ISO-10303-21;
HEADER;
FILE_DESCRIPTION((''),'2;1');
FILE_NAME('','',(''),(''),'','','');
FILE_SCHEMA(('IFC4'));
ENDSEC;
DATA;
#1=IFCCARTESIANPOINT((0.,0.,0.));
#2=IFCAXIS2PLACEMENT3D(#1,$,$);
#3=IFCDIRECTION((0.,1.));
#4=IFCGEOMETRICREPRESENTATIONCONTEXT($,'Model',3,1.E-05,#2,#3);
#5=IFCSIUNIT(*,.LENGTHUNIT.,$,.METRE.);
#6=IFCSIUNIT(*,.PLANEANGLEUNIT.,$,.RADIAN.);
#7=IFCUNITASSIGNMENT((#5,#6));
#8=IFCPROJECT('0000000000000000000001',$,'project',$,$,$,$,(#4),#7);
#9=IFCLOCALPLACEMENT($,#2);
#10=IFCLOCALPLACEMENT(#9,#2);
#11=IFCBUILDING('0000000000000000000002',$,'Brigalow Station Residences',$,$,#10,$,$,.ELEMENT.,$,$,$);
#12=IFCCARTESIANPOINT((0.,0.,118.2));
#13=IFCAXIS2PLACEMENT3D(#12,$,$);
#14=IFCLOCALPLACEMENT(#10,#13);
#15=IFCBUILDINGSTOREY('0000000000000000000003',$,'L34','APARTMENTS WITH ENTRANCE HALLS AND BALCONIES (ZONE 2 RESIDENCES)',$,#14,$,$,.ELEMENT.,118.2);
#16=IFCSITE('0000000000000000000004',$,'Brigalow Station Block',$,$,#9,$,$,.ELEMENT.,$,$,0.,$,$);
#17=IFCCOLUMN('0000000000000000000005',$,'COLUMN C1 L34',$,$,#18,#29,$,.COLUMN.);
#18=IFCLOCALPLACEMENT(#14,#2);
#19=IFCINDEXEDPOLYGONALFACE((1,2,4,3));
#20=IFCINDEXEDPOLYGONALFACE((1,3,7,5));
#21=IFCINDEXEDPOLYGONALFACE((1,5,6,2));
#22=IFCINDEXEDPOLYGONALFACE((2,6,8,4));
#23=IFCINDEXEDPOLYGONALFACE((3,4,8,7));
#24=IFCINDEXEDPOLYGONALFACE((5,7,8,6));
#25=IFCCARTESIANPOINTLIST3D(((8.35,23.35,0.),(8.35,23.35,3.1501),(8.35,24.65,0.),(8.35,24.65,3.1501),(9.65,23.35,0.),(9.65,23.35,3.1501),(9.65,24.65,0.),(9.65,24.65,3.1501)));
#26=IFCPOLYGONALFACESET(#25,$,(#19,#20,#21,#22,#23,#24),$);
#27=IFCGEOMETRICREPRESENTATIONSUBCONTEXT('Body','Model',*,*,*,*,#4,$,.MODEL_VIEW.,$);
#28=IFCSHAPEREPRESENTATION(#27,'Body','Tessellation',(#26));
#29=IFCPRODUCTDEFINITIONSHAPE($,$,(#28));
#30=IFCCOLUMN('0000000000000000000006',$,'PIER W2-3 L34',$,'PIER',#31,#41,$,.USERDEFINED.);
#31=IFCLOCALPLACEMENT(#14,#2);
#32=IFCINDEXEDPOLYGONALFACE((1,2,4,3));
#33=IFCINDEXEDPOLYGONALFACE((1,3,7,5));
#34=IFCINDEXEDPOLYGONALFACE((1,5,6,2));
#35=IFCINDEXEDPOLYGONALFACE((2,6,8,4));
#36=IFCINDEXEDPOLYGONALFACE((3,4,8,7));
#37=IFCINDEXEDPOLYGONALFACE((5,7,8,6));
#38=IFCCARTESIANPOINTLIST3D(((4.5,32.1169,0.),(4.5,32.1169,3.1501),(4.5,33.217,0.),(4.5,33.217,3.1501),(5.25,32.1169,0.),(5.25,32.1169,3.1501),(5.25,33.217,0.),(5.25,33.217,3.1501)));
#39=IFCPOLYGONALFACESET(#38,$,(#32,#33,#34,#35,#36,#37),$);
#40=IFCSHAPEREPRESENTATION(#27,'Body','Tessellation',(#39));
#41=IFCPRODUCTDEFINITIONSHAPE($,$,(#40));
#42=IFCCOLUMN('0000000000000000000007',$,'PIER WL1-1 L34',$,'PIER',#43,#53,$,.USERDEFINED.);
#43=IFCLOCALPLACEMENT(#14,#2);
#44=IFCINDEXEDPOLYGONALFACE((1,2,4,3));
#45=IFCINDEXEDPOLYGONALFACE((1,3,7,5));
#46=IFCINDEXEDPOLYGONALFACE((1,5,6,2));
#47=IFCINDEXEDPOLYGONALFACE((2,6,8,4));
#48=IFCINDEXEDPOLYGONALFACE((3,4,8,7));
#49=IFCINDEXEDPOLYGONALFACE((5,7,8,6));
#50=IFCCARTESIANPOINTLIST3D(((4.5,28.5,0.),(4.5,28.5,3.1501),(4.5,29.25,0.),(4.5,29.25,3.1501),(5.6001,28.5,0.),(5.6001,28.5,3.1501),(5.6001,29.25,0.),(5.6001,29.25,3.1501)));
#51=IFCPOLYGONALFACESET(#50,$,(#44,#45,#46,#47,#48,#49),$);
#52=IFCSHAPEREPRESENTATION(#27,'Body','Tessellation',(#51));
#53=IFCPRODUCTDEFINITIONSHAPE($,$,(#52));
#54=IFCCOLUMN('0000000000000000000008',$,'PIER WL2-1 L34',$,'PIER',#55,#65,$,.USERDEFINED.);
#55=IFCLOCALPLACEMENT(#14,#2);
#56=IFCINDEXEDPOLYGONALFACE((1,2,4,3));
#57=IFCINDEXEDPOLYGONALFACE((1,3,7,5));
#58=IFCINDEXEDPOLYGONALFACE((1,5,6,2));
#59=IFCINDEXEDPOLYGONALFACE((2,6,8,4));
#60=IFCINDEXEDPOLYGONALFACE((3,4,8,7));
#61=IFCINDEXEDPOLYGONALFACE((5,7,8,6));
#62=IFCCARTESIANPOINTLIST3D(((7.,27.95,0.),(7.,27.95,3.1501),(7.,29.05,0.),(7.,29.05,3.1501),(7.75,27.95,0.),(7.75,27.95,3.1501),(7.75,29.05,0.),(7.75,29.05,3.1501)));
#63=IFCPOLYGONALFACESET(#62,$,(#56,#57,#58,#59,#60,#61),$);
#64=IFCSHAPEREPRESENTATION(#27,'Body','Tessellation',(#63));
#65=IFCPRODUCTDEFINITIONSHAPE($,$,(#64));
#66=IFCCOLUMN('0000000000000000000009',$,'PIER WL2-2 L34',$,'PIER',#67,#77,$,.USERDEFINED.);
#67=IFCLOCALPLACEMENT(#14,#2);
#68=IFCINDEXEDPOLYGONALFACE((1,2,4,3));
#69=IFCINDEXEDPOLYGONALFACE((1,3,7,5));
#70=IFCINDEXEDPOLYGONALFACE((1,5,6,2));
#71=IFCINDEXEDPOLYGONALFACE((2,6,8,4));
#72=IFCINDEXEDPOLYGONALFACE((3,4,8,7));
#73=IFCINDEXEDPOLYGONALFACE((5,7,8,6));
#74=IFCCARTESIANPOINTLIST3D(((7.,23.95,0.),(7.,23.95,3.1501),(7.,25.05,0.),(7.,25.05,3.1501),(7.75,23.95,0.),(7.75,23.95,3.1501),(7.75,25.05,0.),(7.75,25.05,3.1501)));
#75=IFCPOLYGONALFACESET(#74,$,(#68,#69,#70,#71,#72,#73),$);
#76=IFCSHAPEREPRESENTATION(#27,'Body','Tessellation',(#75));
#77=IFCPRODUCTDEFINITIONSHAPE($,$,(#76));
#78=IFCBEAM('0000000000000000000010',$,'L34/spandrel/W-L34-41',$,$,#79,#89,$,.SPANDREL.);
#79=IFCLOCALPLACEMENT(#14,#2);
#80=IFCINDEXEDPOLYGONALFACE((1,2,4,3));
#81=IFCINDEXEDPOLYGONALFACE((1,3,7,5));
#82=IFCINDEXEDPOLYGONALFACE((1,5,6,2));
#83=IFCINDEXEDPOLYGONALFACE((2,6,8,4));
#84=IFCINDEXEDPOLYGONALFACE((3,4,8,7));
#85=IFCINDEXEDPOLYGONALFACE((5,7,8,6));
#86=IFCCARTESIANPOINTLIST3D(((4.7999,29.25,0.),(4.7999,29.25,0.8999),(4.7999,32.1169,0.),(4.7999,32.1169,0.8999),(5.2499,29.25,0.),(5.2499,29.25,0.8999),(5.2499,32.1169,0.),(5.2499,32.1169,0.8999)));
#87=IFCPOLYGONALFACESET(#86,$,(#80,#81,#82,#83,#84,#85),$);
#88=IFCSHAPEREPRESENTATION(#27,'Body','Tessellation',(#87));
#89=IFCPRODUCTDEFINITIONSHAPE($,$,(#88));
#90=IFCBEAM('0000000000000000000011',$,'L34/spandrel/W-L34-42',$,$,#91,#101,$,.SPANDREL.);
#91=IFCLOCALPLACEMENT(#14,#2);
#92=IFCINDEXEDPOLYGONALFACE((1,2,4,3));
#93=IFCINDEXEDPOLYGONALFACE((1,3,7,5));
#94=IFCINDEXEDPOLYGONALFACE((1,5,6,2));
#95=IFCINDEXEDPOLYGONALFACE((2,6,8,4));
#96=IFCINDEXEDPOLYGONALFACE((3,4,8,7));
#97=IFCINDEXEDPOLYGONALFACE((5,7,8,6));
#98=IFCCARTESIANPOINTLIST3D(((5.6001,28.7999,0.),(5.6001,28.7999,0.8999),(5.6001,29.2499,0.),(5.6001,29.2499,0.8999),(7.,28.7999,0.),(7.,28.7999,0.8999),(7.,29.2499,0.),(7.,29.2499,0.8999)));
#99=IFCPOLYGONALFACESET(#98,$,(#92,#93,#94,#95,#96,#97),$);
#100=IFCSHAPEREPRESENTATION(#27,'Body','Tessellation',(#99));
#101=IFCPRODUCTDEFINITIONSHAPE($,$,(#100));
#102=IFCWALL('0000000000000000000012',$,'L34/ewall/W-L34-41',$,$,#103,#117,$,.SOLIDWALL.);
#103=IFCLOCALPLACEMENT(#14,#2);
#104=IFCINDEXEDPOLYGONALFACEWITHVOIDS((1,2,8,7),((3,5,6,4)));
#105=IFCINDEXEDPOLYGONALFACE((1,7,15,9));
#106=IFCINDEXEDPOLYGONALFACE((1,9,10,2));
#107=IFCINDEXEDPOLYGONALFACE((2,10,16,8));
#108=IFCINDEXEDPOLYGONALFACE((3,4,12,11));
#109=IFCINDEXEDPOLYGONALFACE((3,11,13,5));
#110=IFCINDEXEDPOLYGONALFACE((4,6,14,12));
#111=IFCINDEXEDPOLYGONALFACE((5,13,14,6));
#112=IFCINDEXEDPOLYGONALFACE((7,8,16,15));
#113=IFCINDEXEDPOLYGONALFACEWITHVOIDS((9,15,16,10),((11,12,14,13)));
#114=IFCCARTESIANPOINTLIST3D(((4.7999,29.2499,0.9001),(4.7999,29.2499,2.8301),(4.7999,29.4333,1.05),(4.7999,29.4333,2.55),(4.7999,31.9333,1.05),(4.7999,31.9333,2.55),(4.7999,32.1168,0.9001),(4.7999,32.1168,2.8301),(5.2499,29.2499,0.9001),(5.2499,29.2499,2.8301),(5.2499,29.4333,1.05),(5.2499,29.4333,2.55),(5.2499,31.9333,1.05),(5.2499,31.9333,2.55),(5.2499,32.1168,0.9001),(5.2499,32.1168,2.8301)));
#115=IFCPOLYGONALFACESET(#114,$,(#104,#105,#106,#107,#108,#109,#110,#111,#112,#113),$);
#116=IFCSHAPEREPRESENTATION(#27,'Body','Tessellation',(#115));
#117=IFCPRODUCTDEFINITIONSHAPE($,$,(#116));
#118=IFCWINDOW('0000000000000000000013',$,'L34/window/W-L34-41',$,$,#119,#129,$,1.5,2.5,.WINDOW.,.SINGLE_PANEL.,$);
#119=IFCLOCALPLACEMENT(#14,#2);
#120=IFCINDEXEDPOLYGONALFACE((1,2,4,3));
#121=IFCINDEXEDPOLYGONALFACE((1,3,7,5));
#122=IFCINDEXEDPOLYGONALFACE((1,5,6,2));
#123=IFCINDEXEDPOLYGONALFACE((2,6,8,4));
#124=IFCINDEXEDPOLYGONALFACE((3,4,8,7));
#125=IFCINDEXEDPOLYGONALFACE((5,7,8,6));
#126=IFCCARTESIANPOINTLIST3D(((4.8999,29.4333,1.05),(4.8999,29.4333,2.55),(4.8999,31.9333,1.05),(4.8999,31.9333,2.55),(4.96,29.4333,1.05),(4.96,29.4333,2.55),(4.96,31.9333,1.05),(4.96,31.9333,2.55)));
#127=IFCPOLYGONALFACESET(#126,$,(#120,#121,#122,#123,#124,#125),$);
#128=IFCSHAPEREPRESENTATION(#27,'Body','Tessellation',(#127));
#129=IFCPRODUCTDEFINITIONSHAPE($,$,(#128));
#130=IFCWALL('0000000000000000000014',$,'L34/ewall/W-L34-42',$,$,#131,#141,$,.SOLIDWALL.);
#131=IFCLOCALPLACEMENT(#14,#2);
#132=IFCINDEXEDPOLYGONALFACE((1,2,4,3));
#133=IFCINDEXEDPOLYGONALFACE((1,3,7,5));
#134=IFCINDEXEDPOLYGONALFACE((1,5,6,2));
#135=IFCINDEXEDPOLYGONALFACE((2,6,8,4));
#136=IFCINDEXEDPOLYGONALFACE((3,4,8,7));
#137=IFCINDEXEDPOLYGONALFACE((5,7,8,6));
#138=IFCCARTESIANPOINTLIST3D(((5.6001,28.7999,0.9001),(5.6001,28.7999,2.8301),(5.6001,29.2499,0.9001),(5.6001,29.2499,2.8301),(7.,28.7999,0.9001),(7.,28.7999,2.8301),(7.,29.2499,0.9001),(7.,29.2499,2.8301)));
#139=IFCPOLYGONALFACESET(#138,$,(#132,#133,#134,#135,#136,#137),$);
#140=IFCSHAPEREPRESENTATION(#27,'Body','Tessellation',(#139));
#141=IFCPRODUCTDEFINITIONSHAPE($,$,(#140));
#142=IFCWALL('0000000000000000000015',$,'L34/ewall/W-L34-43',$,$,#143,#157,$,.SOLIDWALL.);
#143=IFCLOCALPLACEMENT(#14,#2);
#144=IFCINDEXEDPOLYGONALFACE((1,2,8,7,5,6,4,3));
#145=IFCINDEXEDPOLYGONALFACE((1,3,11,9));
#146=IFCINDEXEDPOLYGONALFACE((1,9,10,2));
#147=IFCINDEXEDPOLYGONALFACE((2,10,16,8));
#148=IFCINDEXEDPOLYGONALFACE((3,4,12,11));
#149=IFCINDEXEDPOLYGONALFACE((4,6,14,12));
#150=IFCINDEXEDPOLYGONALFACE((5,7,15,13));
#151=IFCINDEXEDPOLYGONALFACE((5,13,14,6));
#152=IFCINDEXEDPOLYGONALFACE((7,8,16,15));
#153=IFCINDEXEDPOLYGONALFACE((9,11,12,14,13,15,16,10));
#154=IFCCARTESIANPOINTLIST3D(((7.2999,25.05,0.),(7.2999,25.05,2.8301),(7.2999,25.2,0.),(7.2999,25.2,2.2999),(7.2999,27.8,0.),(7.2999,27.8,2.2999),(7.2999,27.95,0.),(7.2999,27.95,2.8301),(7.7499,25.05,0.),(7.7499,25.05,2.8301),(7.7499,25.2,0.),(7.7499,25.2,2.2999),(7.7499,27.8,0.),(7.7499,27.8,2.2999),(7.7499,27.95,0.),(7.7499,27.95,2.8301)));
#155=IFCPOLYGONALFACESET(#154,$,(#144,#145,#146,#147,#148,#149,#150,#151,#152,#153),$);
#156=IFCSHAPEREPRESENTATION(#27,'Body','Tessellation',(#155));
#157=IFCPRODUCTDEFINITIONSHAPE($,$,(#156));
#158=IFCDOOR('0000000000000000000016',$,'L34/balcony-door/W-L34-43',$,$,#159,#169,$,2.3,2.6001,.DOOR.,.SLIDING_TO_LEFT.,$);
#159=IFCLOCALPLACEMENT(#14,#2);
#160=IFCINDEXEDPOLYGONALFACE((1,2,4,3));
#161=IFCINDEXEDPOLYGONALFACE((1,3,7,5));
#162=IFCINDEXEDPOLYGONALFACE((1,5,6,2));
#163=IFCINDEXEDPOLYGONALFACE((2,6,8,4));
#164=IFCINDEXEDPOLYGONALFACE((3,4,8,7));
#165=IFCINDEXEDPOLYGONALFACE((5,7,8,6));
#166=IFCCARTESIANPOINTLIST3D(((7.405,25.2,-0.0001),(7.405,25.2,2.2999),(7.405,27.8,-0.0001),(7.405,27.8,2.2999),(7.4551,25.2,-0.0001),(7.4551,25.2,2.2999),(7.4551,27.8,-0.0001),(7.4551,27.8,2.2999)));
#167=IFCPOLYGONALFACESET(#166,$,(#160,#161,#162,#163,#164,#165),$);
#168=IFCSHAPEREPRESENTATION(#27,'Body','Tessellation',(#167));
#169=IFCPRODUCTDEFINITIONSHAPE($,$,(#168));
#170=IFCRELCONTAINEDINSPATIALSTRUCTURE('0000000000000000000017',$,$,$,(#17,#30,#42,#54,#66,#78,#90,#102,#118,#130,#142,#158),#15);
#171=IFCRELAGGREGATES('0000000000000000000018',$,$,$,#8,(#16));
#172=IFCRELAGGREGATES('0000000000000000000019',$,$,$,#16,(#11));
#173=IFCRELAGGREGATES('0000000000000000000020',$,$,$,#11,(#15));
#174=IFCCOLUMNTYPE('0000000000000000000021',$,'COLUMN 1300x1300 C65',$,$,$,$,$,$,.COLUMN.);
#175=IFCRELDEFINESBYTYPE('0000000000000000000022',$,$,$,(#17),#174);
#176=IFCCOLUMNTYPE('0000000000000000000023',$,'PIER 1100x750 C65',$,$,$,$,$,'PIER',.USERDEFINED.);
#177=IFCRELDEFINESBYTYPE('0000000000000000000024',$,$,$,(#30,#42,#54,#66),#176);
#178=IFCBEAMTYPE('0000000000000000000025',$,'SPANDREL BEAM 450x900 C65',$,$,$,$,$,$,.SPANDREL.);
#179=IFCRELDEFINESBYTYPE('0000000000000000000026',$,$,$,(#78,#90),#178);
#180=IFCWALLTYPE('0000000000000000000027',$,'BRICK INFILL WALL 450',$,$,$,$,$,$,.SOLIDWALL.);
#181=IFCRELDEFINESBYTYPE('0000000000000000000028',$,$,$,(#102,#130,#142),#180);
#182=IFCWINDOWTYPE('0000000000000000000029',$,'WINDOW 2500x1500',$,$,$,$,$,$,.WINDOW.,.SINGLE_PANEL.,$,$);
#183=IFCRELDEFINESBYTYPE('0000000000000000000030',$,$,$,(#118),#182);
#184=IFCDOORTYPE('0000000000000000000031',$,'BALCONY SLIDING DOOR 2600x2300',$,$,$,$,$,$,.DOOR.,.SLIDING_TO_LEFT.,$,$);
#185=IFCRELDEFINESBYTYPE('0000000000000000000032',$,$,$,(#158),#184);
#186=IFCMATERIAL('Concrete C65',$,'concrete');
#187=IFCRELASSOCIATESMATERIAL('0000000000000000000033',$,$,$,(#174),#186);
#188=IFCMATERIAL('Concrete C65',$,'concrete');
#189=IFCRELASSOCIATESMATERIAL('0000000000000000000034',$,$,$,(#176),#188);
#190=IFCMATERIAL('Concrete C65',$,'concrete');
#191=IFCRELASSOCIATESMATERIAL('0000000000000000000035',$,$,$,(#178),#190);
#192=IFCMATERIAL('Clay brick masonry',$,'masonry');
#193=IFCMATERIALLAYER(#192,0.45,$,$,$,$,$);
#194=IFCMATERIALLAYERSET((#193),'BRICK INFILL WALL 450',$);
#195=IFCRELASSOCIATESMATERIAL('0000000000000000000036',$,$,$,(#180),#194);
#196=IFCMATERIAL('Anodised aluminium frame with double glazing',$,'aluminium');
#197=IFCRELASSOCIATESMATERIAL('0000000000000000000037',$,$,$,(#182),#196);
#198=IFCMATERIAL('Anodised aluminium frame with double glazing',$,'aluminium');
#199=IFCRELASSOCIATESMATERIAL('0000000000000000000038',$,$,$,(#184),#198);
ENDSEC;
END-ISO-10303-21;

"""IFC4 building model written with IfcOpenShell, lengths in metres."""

from ifc_helpers import new_model, si_unit, direction, frame, frame_2d, origin, origin_2d, place, context, subcontext, project, spatial, rectangle, extrude, material, layer, layer_set, material_profile, profile_set, type_object, element, fill, save


model = new_model("IFC4")

# Units and contexts
model_context = context("Model", 3, precision=1e-05, world=origin(), true_north=direction((0.0, 1.0)))
body_context = subcontext(model_context, "Body", "Model", "MODEL_VIEW")
ifc_project = project(units=[si_unit("LENGTHUNIT", "METRE"), si_unit("PLANEANGLEUNIT", "RADIAN")], contexts=[model_context])

# Site, building, storey
site_placement = place(None, origin())
site = spatial("IfcSite", under=ifc_project, at=site_placement, Name="Brigalow Station Block", CompositionType="ELEMENT", RefElevation=0.0)
building_placement = place(site_placement, origin())
building = spatial("IfcBuilding", under=site, at=building_placement, Name="Brigalow Station Residences", CompositionType="ELEMENT")
storey_placement = place(building_placement, frame((0.0, 0.0, 118.2)))
storey = spatial("IfcBuildingStorey", under=building, at=storey_placement, Name="L34", Description="APARTMENTS WITH ENTRANCE HALLS AND BALCONIES (ZONE 2 RESIDENCES)", CompositionType="ELEMENT", Elevation=118.2)

# Columns
ifc_material_1 = material(Name="Concrete C65", Category="concrete")
ifc_material_profile_1 = material_profile(ifc_material_1, rectangle(XDim=1.3, YDim=1.3, at=origin_2d()), Name="RC1300x1300")
ifc_profile_set_1 = profile_set([ifc_material_profile_1], Name="Concrete C65")
column_type_1 = type_object("IfcColumnType", Name="COLUMN 1300x1300 C65", PredefinedType="COLUMN", material=ifc_profile_set_1)
column_placement = place(storey_placement, frame((9.0, 24.0, 0.0), z_axis=(0.0, 0.0, 1.0), x_axis=(1.0, 0.0, 0.0)))
element("IfcColumn", 1, at=column_placement, inside=storey, type_object=column_type_1, Name="COLUMN C1 L34", PredefinedType="COLUMN", context=body_context, shape_type="SweptSolid", body=[
    extrude(rectangle(XDim=1.3, YDim=1.3, at=origin_2d()), origin(), (0.0, 0.0, 1.0), 3.1501),
])
ifc_material_2 = material(Name="Concrete C65", Category="concrete")
ifc_material_profile_2 = material_profile(ifc_material_2, rectangle(XDim=1.1001, YDim=0.75, at=origin_2d()), Name="RC1100x750")
ifc_profile_set_2 = profile_set([ifc_material_profile_2], Name="Concrete C65")
column_type_2 = type_object("IfcColumnType", Name="PIER 1100x750 C65", ElementType="PIER", PredefinedType="USERDEFINED", material=ifc_profile_set_2)
for number, where, z_axis, x_axis, name in (
    (2, (4.875, 32.667, 0.0), (0.0, 0.0, 1.0), (0.0, -1.0, 0.0), "PIER W2-3 L34"),
    (3, (5.05, 28.875, 0.0), (0.0, 0.0, 1.0), (1.0, 0.0, 0.0), "PIER WL1-1 L34"),
    (4, (7.375, 28.5, 0.0), (0.0, 0.0, 1.0), (0.0, -1.0, 0.0), "PIER WL2-1 L34"),
    (5, (7.375, 24.5, 0.0), (0.0, 0.0, 1.0), (0.0, -1.0, 0.0), "PIER WL2-2 L34"),
):
    element("IfcColumn", number, at=place(storey_placement, frame(where, z_axis=z_axis, x_axis=x_axis)), inside=storey, type_object=column_type_2, Name=name, ObjectType="PIER", PredefinedType="USERDEFINED", context=body_context, shape_type="SweptSolid", body=[
        extrude(rectangle(XDim=1.1001, YDim=0.75, at=origin_2d()), origin(), (0.0, 0.0, 1.0), 3.1501),
    ])

# Beams
ifc_material_3 = material(Name="Concrete C65", Category="concrete")
ifc_material_profile_3 = material_profile(ifc_material_3, rectangle(XDim=0.45, YDim=0.8999, at=origin_2d()), Name="RC450x900")
ifc_profile_set_3 = profile_set([ifc_material_profile_3], Name="Concrete C65")
beam_type = type_object("IfcBeamType", Name="SPANDREL BEAM 450x900 C65", PredefinedType="SPANDREL", material=ifc_profile_set_3)
beam_1_placement = place(storey_placement, frame((5.0249, 32.1169, 0.45), z_axis=(0.0, -1.0, 0.0), x_axis=(1.0, 0.0, 0.0)))
element("IfcBeam", 6, at=beam_1_placement, inside=storey, type_object=beam_type, Name="L34/spandrel/W-L34-41", PredefinedType="SPANDREL", context=body_context, shape_type="SweptSolid", body=[
    extrude(rectangle(XDim=0.45, YDim=0.8999, at=origin_2d()), origin(), (0.0, 0.0, 1.0), 2.8669),
])
beam_2_placement = place(storey_placement, frame((5.6001, 29.0249, 0.45), z_axis=(1.0, 0.0, 0.0), x_axis=(0.0, 1.0, 0.0)))
element("IfcBeam", 7, at=beam_2_placement, inside=storey, type_object=beam_type, Name="L34/spandrel/W-L34-42", PredefinedType="SPANDREL", context=body_context, shape_type="SweptSolid", body=[
    extrude(rectangle(XDim=0.45, YDim=0.8999, at=origin_2d()), origin(), (0.0, 0.0, 1.0), 1.3999),
])

# Wall, opening, window
ifc_material_4 = material(Name="Clay brick masonry", Category="masonry")
ifc_layer_1 = layer(ifc_material_4, 0.45)
ifc_layer_set_1 = layer_set([ifc_layer_1], Name="BRICK INFILL WALL 450")
wall_type_1 = type_object("IfcWallType", Name="BRICK INFILL WALL 450", PredefinedType="SOLIDWALL", material=ifc_layer_set_1)
wall_1_placement = place(storey_placement, frame((5.0249, 32.1169, 0.9001), z_axis=(0.0, 0.0, 1.0), x_axis=(0.0, -1.0, 0.0)))
wall_1 = element("IfcWall", 8, at=wall_1_placement, inside=storey, type_object=wall_type_1, Name="L34/ewall/W-L34-41", PredefinedType="SOLIDWALL", context=body_context, shape_type="SweptSolid", body=[
    extrude(rectangle(XDim=2.8669, YDim=0.45, at=frame_2d((1.4336, 0.0))), origin(), (0.0, 0.0, 1.0), 1.9299),
])
opening_1_placement = place(wall_1_placement, frame((0.1836, 0.0, 0.1499)))
opening_1 = element("IfcOpeningElement", 9, at=opening_1_placement, cuts=wall_1, PredefinedType="OPENING", context=body_context, shape_type="SweptSolid", body=[
    extrude(rectangle(XDim=2.5, YDim=1.5, at=frame_2d((1.25, 0.75))), frame((0.0, 0.2349, 0.0), z_axis=(0.0, -1.0, 0.0), x_axis=(1.0, 0.0, 0.0)), (0.0, 0.0, 1.0), 0.47),
])
ifc_material_5 = material(Name="Anodised aluminium frame with double glazing", Category="aluminium")
window_type = type_object("IfcWindowType", Name="WINDOW 2500x1500", PartitioningType="SINGLE_PANEL", PredefinedType="WINDOW", material=ifc_material_5)
window_placement = place(opening_1_placement, origin())
window = element("IfcWindow", 10, at=window_placement, inside=storey, type_object=window_type, Name="L34/window/W-L34-41", OverallHeight=1.5, OverallWidth=2.5, PartitioningType="SINGLE_PANEL", PredefinedType="WINDOW", context=body_context, shape_type="SweptSolid", body=[
    extrude(rectangle(XDim=2.5, YDim=1.5, at=frame_2d((1.25, 0.75))), frame((0.0, -0.0649, 0.0), z_axis=(0.0, -1.0, 0.0), x_axis=(1.0, 0.0, 0.0)), (0.0, 0.0, 1.0), 0.0601),
])
fill(opening_1, window)

# Wall
wall_2_placement = place(storey_placement, frame((5.6001, 29.0249, 0.9001), z_axis=(0.0, 0.0, 1.0), x_axis=(1.0, 0.0, 0.0)))
element("IfcWall", 11, at=wall_2_placement, inside=storey, type_object=wall_type_1, Name="L34/ewall/W-L34-42", PredefinedType="SOLIDWALL", context=body_context, shape_type="SweptSolid", body=[
    extrude(rectangle(XDim=1.3999, YDim=0.45, at=frame_2d((0.7, 0.0))), origin(), (0.0, 0.0, 1.0), 1.9299),
])

# Wall, opening, door
wall_3_placement = place(storey_placement, frame((7.5249, 27.95, 0.0), z_axis=(0.0, 0.0, 1.0), x_axis=(0.0, -1.0, 0.0)))
wall_3 = element("IfcWall", 12, at=wall_3_placement, inside=storey, type_object=wall_type_1, Name="L34/ewall/W-L34-43", PredefinedType="SOLIDWALL", context=body_context, shape_type="SweptSolid", body=[
    extrude(rectangle(XDim=2.8999, YDim=0.45, at=frame_2d((1.45, 0.0))), origin(), (0.0, 0.0, 1.0), 2.8301),
])
opening_2_placement = place(wall_3_placement, frame((0.1499, 0.0, 0.0)))
opening_2 = element("IfcOpeningElement", 13, at=opening_2_placement, cuts=wall_3, PredefinedType="OPENING", context=body_context, shape_type="SweptSolid", body=[
    extrude(rectangle(XDim=2.6001, YDim=2.3, at=frame_2d((1.3, 1.1499))), frame((0.0, 0.2349, 0.0), z_axis=(0.0, -1.0, 0.0), x_axis=(1.0, 0.0, 0.0)), (0.0, 0.0, 1.0), 0.47),
])
ifc_material_6 = material(Name="Anodised aluminium frame with double glazing", Category="aluminium")
door_type_1 = type_object("IfcDoorType", Name="BALCONY SLIDING DOOR 2600x2300", OperationType="SLIDING_TO_LEFT", PredefinedType="DOOR", material=ifc_material_6)
door_1_placement = place(opening_2_placement, origin())
door_1 = element("IfcDoor", 14, at=door_1_placement, inside=storey, type_object=door_type_1, Name="L34/balcony-door/W-L34-43", OperationType="SLIDING_TO_LEFT", OverallHeight=2.3, OverallWidth=2.6001, PredefinedType="DOOR", context=body_context, shape_type="SweptSolid", body=[
    extrude(rectangle(XDim=2.6001, YDim=2.3, at=frame_2d((1.3, 1.1499))), frame((0.0, -0.0698, 0.0), z_axis=(0.0, -1.0, 0.0), x_axis=(1.0, 0.0, 0.0)), (0.0, 0.0, 1.0), 0.05),
])
fill(opening_2, door_1)

save(model, "model.ifc")
